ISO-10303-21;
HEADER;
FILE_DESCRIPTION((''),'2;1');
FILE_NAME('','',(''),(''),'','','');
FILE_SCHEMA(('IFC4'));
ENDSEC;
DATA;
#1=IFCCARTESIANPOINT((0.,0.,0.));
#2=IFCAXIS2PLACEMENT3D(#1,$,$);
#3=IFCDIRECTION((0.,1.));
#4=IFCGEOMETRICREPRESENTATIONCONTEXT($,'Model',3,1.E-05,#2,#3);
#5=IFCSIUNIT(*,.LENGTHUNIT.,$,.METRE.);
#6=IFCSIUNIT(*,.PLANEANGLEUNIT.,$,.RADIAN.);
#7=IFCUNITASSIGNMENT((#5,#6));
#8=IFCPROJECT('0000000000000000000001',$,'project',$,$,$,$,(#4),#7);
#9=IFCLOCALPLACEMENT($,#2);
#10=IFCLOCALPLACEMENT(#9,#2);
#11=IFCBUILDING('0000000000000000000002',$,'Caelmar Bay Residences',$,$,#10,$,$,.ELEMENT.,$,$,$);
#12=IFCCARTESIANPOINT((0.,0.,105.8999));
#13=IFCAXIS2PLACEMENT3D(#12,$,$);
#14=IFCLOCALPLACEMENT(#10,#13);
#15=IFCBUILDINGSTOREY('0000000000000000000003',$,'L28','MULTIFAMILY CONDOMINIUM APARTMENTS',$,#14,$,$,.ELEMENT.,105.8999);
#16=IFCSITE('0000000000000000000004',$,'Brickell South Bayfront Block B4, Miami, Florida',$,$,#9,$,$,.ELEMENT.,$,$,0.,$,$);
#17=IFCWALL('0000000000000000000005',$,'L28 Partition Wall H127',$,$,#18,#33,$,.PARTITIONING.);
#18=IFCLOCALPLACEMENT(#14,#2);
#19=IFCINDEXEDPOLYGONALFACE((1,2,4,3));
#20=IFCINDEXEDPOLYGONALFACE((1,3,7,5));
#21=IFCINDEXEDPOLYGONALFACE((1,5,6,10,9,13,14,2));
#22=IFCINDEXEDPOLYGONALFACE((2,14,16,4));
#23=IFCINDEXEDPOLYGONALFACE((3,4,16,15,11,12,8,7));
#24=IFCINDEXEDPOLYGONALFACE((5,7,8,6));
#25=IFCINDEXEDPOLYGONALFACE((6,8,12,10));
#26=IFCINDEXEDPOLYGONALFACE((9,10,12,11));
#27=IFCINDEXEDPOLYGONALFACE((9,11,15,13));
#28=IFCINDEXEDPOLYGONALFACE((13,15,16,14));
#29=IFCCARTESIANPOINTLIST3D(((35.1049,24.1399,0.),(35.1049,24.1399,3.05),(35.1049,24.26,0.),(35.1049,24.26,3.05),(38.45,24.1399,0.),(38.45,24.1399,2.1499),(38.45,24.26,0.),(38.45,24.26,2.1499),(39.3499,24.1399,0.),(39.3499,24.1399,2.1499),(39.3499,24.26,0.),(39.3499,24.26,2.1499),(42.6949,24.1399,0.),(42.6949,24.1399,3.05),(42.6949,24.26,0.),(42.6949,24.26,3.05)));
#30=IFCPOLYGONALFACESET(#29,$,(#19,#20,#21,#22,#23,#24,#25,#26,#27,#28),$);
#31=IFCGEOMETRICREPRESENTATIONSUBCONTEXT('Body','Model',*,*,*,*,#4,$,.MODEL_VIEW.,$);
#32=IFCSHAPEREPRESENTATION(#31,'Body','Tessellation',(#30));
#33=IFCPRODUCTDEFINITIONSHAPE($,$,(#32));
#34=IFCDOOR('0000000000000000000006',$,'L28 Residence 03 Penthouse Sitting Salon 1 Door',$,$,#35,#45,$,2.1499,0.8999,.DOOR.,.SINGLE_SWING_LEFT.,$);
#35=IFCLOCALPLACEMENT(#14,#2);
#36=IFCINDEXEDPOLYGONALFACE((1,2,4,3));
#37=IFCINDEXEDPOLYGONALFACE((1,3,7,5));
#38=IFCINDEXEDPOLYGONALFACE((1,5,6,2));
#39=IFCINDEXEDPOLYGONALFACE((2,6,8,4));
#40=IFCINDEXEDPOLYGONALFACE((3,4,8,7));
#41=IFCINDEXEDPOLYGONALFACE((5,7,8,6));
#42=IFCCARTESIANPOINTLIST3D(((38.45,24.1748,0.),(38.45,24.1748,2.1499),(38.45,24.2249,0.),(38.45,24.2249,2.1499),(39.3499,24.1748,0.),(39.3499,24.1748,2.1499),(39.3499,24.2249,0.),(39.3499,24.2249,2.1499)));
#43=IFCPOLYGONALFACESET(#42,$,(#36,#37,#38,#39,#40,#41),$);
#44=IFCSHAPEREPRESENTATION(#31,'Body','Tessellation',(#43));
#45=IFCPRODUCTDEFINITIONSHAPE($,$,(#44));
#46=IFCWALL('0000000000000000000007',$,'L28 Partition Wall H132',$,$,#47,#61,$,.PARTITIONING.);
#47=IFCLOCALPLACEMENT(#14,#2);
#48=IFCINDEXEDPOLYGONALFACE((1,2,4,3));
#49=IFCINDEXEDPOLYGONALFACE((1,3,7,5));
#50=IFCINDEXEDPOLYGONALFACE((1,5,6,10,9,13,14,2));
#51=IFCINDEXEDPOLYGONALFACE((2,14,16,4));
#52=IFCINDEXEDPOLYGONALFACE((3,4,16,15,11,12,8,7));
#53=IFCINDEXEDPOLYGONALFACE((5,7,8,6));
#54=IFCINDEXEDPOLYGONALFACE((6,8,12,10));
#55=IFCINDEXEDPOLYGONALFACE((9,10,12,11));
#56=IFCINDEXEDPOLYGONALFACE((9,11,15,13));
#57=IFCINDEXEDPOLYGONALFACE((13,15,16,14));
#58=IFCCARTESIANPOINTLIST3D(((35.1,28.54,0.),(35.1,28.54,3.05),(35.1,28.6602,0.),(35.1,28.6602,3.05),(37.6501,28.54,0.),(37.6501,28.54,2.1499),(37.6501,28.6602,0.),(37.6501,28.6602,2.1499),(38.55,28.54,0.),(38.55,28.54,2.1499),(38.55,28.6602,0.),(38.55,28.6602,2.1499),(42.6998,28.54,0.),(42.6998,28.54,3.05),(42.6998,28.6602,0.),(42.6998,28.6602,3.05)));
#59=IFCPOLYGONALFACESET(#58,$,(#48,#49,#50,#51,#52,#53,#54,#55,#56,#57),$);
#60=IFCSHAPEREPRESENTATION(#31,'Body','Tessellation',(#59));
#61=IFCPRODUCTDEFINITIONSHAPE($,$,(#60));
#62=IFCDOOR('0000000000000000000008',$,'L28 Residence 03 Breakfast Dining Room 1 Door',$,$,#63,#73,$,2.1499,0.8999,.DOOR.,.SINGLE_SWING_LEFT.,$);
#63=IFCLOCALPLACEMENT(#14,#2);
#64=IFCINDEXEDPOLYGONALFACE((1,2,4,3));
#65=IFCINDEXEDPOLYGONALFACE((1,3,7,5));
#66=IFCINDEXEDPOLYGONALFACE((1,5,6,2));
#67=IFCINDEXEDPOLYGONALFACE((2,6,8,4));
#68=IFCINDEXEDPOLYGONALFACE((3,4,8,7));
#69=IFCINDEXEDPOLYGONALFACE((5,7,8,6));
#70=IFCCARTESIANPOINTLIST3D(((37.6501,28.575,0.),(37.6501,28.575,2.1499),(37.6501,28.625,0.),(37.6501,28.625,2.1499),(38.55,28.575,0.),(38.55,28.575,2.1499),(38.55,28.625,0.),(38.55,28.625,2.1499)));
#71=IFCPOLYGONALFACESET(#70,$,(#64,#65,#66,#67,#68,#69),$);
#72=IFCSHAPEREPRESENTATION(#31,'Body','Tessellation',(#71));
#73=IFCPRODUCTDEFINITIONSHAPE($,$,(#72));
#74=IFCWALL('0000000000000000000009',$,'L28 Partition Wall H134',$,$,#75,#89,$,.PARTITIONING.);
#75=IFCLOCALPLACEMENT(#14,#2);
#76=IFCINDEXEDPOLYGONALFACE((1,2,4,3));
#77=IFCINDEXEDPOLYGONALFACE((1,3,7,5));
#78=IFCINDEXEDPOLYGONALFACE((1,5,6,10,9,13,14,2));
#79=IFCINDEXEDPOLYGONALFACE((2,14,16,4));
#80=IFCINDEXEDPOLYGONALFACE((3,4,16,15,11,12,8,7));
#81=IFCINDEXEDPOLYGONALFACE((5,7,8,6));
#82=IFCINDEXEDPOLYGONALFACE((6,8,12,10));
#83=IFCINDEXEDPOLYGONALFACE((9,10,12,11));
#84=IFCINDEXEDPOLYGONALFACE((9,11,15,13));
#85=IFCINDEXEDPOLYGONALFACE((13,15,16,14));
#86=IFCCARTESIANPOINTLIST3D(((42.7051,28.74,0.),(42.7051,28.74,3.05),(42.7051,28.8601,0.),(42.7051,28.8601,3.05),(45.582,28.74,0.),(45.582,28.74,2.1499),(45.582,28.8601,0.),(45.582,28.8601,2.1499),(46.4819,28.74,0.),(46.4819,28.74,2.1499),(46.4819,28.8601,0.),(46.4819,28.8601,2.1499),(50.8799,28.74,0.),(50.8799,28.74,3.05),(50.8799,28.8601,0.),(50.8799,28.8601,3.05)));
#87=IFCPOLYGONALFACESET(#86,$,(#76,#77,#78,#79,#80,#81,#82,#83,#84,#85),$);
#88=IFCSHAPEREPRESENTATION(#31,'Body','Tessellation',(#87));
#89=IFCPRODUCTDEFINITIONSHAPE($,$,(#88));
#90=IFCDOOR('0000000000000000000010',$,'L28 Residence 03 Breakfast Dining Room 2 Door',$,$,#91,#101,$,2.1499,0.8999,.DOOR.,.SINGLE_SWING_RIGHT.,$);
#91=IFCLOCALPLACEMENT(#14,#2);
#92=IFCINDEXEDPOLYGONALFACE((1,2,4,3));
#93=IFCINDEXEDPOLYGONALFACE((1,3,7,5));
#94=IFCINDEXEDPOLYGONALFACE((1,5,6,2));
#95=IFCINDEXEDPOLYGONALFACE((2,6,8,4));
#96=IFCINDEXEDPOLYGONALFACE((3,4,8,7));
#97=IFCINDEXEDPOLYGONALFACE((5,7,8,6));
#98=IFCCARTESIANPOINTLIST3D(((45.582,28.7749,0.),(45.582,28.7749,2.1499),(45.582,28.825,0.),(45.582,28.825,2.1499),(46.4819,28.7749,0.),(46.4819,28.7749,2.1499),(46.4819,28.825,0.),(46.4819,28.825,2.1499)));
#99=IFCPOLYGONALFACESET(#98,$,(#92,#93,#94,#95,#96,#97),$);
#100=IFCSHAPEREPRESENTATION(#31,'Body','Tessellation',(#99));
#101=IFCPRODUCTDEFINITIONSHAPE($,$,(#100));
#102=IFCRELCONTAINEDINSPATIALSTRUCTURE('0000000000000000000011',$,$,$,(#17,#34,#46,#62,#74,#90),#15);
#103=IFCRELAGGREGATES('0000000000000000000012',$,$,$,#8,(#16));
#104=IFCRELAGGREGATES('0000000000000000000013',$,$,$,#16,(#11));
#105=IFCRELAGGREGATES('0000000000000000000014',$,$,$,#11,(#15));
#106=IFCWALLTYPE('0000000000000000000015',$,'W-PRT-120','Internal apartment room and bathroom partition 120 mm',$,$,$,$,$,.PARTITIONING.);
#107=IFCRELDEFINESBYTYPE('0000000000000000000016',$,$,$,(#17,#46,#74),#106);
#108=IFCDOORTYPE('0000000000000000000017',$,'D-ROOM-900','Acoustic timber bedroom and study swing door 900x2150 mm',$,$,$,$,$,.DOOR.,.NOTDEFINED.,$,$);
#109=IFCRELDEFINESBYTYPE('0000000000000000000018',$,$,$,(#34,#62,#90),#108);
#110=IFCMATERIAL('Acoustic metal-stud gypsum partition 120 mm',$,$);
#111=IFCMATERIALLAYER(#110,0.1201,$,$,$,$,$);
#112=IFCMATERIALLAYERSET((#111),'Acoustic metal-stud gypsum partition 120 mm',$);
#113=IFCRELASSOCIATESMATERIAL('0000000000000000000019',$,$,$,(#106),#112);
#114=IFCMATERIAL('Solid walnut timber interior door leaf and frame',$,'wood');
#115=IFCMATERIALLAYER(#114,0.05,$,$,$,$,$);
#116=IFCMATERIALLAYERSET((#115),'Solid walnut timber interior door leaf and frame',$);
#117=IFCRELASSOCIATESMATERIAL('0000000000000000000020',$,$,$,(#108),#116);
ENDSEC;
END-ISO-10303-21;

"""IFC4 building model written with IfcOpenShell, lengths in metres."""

from ifc_helpers import new_model, si_unit, direction, frame, frame_2d, origin, place, context, subcontext, project, spatial, rectangle, extrude, material, layer, layer_set, type_object, element, fill, save


model = new_model("IFC4")

# Units and contexts
model_context = context("Model", 3, precision=1e-05, world=origin(), true_north=direction((0.0, 1.0)))
body_context = subcontext(model_context, "Body", "Model", "MODEL_VIEW")
ifc_project = project(units=[si_unit("LENGTHUNIT", "METRE"), si_unit("PLANEANGLEUNIT", "RADIAN")], contexts=[model_context])

# Site, building, storey
site_placement = place(None, origin())
site = spatial("IfcSite", under=ifc_project, at=site_placement, Name="Brickell South Bayfront Block B4, Miami, Florida", CompositionType="ELEMENT", RefElevation=0.0)
building_placement = place(site_placement, origin())
building = spatial("IfcBuilding", under=site, at=building_placement, Name="Caelmar Bay Residences", CompositionType="ELEMENT")
storey_placement = place(building_placement, frame((0.0, 0.0, 105.8999)))
storey = spatial("IfcBuildingStorey", under=building, at=storey_placement, Name="L28", Description="MULTIFAMILY CONDOMINIUM APARTMENTS", CompositionType="ELEMENT", Elevation=105.8999)

# Shared definitions
ifc_material_1 = material(Name="Acoustic metal-stud gypsum partition 120 mm")
ifc_layer_1 = layer(ifc_material_1, 0.1201)
ifc_layer_set_1 = layer_set([ifc_layer_1], Name="Acoustic metal-stud gypsum partition 120 mm")
wall_type = type_object("IfcWallType", Name="W-PRT-120", Description="Internal apartment room and bathroom partition 120 mm", PredefinedType="PARTITIONING", material=ifc_layer_set_1)

# Shared definitions
ifc_material_2 = material(Name="Solid walnut timber interior door leaf and frame", Category="wood")
ifc_layer_2 = layer(ifc_material_2, 0.05)
ifc_layer_set_2 = layer_set([ifc_layer_2], Name="Solid walnut timber interior door leaf and frame")
door_type = type_object("IfcDoorType", Name="D-ROOM-900", Description="Acoustic timber bedroom and study swing door 900x2150 mm", OperationType="NOTDEFINED", PredefinedType="DOOR", material=ifc_layer_set_2)

# Walls, openings, doors
wall_1_placement = place(storey_placement, frame((35.105, 24.2, 0.0), z_axis=(0.0, 0.0, 1.0), x_axis=(1.0, 0.0, 0.0)))
wall_1 = element("IfcWall", 1, at=wall_1_placement, inside=storey, type_object=wall_type, Name="L28 Partition Wall H127", PredefinedType="PARTITIONING", context=body_context, shape_type="SweptSolid", body=[
    extrude(rectangle(XDim=7.5901, YDim=0.1201, at=frame_2d((3.7949, 0.0))), origin(), (0.0, 0.0, 1.0), 3.05),
])
opening_1_placement = place(wall_1_placement, frame((3.345, 0.0, 0.0)))
opening_1 = element("IfcOpeningElement", 2, at=opening_1_placement, cuts=wall_1, PredefinedType="OPENING", context=body_context, shape_type="SweptSolid", body=[
    extrude(rectangle(XDim=0.8999, YDim=2.1499, at=frame_2d((0.45, 1.075))), frame((0.0, 0.0701, 0.0), z_axis=(0.0, -1.0, 0.0), x_axis=(1.0, 0.0, 0.0)), (0.0, 0.0, 1.0), 0.1401),
])
door_1_placement = place(opening_1_placement, origin())
door_1 = element("IfcDoor", 3, at=door_1_placement, inside=storey, type_object=door_type, Name="L28 Residence 03 Penthouse Sitting Salon 1 Door", OperationType="SINGLE_SWING_LEFT", OverallHeight=2.1499, OverallWidth=0.8999, PredefinedType="DOOR", context=body_context, shape_type="SweptSolid", body=[
    extrude(rectangle(XDim=0.8999, YDim=2.1499, at=frame_2d((0.45, 1.075))), frame((0.0, 0.0249, 0.0), z_axis=(0.0, -1.0, 0.0), x_axis=(1.0, 0.0, 0.0)), (0.0, 0.0, 1.0), 0.05),
])
fill(opening_1, door_1)
wall_2_placement = place(storey_placement, frame((35.1001, 28.6001, 0.0), z_axis=(0.0, 0.0, 1.0), x_axis=(1.0, 0.0, 0.0)))
wall_2 = element("IfcWall", 4, at=wall_2_placement, inside=storey, type_object=wall_type, Name="L28 Partition Wall H132", PredefinedType="PARTITIONING", context=body_context, shape_type="SweptSolid", body=[
    extrude(rectangle(XDim=7.5999, YDim=0.1201, at=frame_2d((3.7998, 0.0))), origin(), (0.0, 0.0, 1.0), 3.05),
])
opening_2_placement = place(wall_2_placement, frame((2.55, 0.0, 0.0)))
opening_2 = element("IfcOpeningElement", 5, at=opening_2_placement, cuts=wall_2, PredefinedType="OPENING", context=body_context, shape_type="SweptSolid", body=[
    extrude(rectangle(XDim=0.8999, YDim=2.1499, at=frame_2d((0.45, 1.075))), frame((0.0, 0.0701, 0.0), z_axis=(0.0, -1.0, 0.0), x_axis=(1.0, 0.0, 0.0)), (0.0, 0.0, 1.0), 0.1401),
])
door_2_placement = place(opening_2_placement, origin())
door_2 = element("IfcDoor", 6, at=door_2_placement, inside=storey, type_object=door_type, Name="L28 Residence 03 Breakfast Dining Room 1 Door", OperationType="SINGLE_SWING_LEFT", OverallHeight=2.1499, OverallWidth=0.8999, PredefinedType="DOOR", context=body_context, shape_type="SweptSolid", body=[
    extrude(rectangle(XDim=0.8999, YDim=2.1499, at=frame_2d((0.45, 1.075))), frame((0.0, 0.0249, 0.0), z_axis=(0.0, -1.0, 0.0), x_axis=(1.0, 0.0, 0.0)), (0.0, 0.0, 1.0), 0.05),
])
fill(opening_2, door_2)
wall_3_placement = place(storey_placement, frame((42.7051, 28.8, 0.0), z_axis=(0.0, 0.0, 1.0), x_axis=(1.0, 0.0, 0.0)))
wall_3 = element("IfcWall", 7, at=wall_3_placement, inside=storey, type_object=wall_type, Name="L28 Partition Wall H134", PredefinedType="PARTITIONING", context=body_context, shape_type="SweptSolid", body=[
    extrude(rectangle(XDim=8.1748, YDim=0.1201, at=frame_2d((4.0874, 0.0))), origin(), (0.0, 0.0, 1.0), 3.05),
])
opening_3_placement = place(wall_3_placement, frame((2.877, 0.0, 0.0)))
opening_3 = element("IfcOpeningElement", 8, at=opening_3_placement, cuts=wall_3, PredefinedType="OPENING", context=body_context, shape_type="SweptSolid", body=[
    extrude(rectangle(XDim=0.8999, YDim=2.1499, at=frame_2d((0.45, 1.075))), frame((0.0, 0.0701, 0.0), z_axis=(0.0, -1.0, 0.0), x_axis=(1.0, 0.0, 0.0)), (0.0, 0.0, 1.0), 0.1401),
])
door_3_placement = place(opening_3_placement, origin())
door_3 = element("IfcDoor", 9, at=door_3_placement, inside=storey, type_object=door_type, Name="L28 Residence 03 Breakfast Dining Room 2 Door", OperationType="SINGLE_SWING_RIGHT", OverallHeight=2.1499, OverallWidth=0.8999, PredefinedType="DOOR", context=body_context, shape_type="SweptSolid", body=[
    extrude(rectangle(XDim=0.8999, YDim=2.1499, at=frame_2d((0.45, 1.075))), frame((0.0, 0.0249, 0.0), z_axis=(0.0, -1.0, 0.0), x_axis=(1.0, 0.0, 0.0)), (0.0, 0.0, 1.0), 0.05),
])
fill(opening_3, door_3)

save(model, "model.ifc")
